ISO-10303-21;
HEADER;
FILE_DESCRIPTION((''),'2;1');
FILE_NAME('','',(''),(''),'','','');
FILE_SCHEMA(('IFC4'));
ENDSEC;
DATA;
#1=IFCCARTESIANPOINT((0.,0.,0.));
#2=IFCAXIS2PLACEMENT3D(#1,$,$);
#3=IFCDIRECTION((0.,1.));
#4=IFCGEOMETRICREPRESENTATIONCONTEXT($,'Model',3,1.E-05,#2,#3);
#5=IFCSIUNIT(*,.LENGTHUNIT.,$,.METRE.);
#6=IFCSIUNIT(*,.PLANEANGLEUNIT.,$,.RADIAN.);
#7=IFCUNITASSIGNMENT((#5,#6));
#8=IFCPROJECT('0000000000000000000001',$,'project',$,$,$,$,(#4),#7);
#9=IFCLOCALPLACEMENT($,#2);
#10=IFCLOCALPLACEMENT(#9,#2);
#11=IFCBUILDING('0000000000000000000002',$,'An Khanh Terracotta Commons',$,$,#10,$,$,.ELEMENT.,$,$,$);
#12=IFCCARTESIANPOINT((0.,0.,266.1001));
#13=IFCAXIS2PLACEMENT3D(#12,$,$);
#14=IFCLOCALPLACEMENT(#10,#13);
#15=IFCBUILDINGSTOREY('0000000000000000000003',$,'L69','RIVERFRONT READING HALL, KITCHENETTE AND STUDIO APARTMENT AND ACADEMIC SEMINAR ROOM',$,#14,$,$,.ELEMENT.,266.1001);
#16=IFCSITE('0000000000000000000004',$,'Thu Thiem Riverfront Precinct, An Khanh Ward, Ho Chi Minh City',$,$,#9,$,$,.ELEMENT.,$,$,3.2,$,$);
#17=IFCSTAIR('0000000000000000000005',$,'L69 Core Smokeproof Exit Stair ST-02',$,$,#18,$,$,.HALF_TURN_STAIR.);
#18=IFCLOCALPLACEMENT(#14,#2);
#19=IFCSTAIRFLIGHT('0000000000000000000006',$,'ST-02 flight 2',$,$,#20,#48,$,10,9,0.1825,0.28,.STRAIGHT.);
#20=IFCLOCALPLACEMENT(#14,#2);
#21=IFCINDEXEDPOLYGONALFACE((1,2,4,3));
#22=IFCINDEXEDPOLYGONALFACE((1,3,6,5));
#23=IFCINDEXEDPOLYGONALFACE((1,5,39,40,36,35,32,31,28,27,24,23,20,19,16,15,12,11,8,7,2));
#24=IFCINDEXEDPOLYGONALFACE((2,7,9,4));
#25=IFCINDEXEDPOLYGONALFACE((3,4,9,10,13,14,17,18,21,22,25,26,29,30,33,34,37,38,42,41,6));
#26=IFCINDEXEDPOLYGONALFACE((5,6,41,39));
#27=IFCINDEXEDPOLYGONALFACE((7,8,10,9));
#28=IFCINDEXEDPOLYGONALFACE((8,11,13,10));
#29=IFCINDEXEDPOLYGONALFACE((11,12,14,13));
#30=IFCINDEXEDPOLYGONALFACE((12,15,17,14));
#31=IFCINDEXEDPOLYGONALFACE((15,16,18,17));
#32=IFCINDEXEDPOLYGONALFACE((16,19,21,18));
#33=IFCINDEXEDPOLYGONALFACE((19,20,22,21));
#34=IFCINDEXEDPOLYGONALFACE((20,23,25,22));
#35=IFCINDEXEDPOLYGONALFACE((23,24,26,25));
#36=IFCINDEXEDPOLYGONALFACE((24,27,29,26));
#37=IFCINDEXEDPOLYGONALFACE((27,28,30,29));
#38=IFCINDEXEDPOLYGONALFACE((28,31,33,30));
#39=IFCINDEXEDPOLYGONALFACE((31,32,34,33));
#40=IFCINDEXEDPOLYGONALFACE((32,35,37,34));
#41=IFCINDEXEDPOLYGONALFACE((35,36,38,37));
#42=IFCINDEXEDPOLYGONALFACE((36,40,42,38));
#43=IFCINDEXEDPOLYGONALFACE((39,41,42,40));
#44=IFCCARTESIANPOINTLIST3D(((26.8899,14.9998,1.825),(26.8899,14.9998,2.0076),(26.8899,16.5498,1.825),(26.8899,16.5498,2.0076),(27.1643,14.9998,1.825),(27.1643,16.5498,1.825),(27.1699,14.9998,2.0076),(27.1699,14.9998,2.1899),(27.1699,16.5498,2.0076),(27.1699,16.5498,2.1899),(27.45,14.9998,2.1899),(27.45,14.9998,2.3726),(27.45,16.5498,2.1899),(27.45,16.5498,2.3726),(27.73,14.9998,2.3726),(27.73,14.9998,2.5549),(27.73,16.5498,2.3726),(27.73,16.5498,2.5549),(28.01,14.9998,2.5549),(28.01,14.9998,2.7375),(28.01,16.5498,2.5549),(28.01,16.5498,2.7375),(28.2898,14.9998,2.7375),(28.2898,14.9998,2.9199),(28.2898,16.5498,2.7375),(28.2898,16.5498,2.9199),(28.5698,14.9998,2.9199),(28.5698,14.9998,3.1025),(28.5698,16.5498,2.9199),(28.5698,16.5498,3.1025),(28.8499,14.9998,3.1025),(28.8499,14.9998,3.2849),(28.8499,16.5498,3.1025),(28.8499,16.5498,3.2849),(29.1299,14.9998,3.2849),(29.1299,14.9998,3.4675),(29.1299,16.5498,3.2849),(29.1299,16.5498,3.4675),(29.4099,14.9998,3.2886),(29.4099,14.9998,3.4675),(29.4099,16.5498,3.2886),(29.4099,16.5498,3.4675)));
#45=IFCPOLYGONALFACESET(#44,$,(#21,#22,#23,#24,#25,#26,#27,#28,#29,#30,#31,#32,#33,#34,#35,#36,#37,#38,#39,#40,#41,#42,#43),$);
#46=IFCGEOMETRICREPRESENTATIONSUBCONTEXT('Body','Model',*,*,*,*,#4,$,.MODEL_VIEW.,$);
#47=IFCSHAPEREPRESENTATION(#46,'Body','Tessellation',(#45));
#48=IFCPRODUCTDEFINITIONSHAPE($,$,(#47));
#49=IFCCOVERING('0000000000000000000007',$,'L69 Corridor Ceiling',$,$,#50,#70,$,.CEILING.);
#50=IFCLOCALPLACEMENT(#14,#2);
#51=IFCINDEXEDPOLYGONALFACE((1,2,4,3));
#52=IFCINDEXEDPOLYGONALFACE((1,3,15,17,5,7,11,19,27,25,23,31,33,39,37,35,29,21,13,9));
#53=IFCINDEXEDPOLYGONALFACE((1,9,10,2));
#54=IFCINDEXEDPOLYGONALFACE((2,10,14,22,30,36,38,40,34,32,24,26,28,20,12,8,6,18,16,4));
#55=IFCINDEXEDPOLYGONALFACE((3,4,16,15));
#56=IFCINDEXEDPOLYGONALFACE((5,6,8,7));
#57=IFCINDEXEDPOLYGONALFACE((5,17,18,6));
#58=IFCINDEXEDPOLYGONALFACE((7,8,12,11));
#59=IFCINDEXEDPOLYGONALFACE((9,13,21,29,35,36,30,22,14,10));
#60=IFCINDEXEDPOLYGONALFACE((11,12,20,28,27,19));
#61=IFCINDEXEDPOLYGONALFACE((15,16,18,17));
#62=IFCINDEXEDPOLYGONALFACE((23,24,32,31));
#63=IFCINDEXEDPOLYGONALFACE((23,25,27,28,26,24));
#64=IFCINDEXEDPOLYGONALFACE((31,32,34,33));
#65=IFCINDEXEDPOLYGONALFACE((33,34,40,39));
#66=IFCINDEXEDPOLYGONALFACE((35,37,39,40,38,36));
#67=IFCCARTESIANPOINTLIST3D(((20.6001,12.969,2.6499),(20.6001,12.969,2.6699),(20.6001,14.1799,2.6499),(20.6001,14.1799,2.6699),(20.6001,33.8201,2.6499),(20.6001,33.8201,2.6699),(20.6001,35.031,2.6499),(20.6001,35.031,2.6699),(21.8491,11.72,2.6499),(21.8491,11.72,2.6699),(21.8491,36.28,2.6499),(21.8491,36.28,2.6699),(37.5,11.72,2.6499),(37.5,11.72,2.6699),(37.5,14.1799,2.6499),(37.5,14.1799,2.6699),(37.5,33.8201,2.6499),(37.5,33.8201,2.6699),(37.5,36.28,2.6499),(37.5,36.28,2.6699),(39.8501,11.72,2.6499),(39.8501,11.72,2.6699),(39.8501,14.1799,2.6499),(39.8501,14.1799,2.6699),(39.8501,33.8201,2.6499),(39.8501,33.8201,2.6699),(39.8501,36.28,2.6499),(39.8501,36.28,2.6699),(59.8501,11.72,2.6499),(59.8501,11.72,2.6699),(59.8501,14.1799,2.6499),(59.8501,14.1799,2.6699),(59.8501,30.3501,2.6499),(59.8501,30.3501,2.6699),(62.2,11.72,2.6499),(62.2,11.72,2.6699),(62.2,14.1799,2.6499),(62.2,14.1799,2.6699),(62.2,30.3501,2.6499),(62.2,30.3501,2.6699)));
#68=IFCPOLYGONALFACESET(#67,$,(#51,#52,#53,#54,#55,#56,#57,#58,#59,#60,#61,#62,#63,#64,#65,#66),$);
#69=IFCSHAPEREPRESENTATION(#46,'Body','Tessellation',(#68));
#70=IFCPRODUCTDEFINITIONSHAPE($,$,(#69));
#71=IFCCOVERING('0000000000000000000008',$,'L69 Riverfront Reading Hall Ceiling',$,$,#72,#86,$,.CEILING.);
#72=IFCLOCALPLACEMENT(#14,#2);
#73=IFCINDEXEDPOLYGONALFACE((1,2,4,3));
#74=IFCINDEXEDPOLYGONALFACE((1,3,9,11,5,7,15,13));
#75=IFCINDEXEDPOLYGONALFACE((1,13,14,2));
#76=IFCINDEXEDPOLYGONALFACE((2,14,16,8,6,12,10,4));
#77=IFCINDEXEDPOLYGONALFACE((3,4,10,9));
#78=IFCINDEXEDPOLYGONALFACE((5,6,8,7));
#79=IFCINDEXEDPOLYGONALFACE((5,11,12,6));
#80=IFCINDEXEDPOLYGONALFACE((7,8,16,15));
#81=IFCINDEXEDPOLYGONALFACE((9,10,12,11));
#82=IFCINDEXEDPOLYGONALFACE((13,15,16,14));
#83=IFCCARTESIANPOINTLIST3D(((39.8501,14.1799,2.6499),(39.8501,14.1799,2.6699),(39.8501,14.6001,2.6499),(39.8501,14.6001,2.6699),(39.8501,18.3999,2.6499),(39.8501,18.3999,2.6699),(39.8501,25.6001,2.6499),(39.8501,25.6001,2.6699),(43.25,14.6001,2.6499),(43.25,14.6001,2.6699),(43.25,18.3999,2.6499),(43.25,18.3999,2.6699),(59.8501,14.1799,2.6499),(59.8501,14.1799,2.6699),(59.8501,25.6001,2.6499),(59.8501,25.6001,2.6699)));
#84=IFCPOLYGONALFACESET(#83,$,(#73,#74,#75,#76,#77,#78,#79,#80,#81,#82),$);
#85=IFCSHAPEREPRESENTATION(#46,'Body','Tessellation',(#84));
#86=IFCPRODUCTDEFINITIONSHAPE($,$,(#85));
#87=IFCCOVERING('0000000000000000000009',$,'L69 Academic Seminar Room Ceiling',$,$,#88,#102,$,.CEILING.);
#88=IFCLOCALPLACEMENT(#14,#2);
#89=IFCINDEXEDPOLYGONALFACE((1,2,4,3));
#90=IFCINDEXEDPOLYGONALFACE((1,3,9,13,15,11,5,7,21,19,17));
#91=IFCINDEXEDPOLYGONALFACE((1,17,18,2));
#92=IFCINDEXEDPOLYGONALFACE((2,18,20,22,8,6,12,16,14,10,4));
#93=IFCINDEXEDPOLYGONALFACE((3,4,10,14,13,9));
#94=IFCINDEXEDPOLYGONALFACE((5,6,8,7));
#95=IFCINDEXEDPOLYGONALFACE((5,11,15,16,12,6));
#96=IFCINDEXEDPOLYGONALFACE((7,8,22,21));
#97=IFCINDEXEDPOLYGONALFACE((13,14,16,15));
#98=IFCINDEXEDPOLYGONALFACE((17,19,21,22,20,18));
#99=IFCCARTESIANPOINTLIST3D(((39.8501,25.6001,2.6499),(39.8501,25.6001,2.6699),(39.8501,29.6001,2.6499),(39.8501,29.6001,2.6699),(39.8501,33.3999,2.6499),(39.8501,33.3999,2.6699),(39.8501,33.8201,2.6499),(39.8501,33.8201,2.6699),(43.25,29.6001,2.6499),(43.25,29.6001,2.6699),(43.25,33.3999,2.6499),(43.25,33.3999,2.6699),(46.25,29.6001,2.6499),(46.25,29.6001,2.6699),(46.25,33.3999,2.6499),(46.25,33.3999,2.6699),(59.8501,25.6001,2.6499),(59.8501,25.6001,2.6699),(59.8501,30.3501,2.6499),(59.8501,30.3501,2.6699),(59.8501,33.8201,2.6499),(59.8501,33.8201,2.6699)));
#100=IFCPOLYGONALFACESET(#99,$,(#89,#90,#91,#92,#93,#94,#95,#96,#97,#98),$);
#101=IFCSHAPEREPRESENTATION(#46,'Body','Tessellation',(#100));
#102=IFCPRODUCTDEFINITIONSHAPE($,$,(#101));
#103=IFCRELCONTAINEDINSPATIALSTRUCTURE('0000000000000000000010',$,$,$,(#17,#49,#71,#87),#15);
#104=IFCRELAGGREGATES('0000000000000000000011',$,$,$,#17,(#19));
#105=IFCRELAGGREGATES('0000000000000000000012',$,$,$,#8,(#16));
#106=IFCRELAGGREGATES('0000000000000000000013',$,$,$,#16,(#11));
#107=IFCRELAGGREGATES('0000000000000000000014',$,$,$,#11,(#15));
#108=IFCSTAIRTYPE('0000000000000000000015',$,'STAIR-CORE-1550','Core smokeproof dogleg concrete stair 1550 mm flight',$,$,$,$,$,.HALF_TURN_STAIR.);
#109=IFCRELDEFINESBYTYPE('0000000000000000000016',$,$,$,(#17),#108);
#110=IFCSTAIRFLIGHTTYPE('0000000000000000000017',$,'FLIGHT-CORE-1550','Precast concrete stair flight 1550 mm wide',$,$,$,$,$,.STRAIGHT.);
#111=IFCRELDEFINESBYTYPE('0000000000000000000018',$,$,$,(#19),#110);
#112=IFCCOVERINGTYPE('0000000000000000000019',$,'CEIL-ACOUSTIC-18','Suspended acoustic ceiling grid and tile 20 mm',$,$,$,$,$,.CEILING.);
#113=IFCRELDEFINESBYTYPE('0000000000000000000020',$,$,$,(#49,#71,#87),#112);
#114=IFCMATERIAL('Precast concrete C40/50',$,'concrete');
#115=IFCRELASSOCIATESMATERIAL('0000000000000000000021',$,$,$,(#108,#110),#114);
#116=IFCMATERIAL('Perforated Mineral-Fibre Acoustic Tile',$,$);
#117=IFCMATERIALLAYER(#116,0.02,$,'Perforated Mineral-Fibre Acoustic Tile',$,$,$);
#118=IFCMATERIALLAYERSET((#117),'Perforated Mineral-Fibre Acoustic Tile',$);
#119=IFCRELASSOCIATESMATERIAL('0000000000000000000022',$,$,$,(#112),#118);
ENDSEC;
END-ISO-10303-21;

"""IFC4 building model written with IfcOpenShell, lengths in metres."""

from ifc_helpers import new_model, si_unit, direction, frame, origin, place, context, subcontext, project, spatial, polyline, outline, extrude, material, layer, layer_set, type_object, element, aggregate, save


model = new_model("IFC4")

# Units and contexts
model_context = context("Model", 3, precision=1e-05, world=origin(), true_north=direction((0.0, 1.0)))
body_context = subcontext(model_context, "Body", "Model", "MODEL_VIEW")
ifc_project = project(units=[si_unit("LENGTHUNIT", "METRE"), si_unit("PLANEANGLEUNIT", "RADIAN")], contexts=[model_context])

# Site, building, storey
site_placement = place(None, origin())
site = spatial("IfcSite", under=ifc_project, at=site_placement, Name="Thu Thiem Riverfront Precinct, An Khanh Ward, Ho Chi Minh City", CompositionType="ELEMENT", RefElevation=3.2)
building_placement = place(site_placement, origin())
building = spatial("IfcBuilding", under=site, at=building_placement, Name="An Khanh Terracotta Commons", CompositionType="ELEMENT")
storey_placement = place(building_placement, frame((0.0, 0.0, 266.1001)))
storey = spatial("IfcBuildingStorey", under=building, at=storey_placement, Name="L69", Description="RIVERFRONT READING HALL, KITCHENETTE AND STUDIO APARTMENT AND ACADEMIC SEMINAR ROOM", CompositionType="ELEMENT", Elevation=266.1001)

# Stair
ifc_material_1 = material(Name="Precast concrete C40/50", Category="concrete")
stair_type = type_object("IfcStairType", Name="STAIR-CORE-1550", Description="Core smokeproof dogleg concrete stair 1550 mm flight", PredefinedType="HALF_TURN_STAIR", material=ifc_material_1)
stair_1_placement = place(storey_placement, origin())
stair_1 = element("IfcStair", 1, at=stair_1_placement, inside=storey, type_object=stair_type, Name="L69 Core Smokeproof Exit Stair ST-02", PredefinedType="HALF_TURN_STAIR")

# Stair flight
stair_flight_type = type_object("IfcStairFlightType", Name="FLIGHT-CORE-1550", Description="Precast concrete stair flight 1550 mm wide", PredefinedType="STRAIGHT", material=ifc_material_1)
stair_flight_1_placement = place(storey_placement, frame((26.8899, 15.7749, 1.825), z_axis=(0.0, 0.0, 1.0), x_axis=(1.0, 0.0, 0.0)))
stair_flight_1 = element("IfcStairFlight", 2, at=stair_flight_1_placement, type_object=stair_flight_type, Name="ST-02 flight 2", NumberOfRisers=10, NumberOfTreads=9, PredefinedType="STRAIGHT", RiserHeight=0.1825, TreadLength=0.28, context=body_context, shape_type="SweptSolid", body=[
    extrude(outline(polyline([(0.0, 0.0), (0.0, 0.1826), (0.28, 0.1826), (0.28, 0.365), (0.5601, 0.365), (0.5601, 0.5476), (0.8401, 0.5476), (0.8401, 0.73), (1.1201, 0.73), (1.1201, 0.9126), (1.3999, 0.9126), (1.3999, 1.095), (1.6799, 1.095), (1.6799, 1.2776), (1.96, 1.2776), (1.96, 1.46), (2.24, 1.46), (2.24, 1.6426), (2.52, 1.6426), (2.52, 1.825), (2.52, 1.4636), (0.2744, 0.0), (0.0, 0.0)])), frame((0.0, 0.7749, 0.0), z_axis=(0.0, -1.0, 0.0), x_axis=(1.0, 0.0, 0.0)), (0.0, 0.0, 1.0), 1.55),
])
aggregate(stair_1, [stair_flight_1])

# Coverings
ifc_material_2 = material(Name="Perforated Mineral-Fibre Acoustic Tile")
ifc_layer_1 = layer(ifc_material_2, 0.02, Name="Perforated Mineral-Fibre Acoustic Tile")
ifc_layer_set_1 = layer_set([ifc_layer_1], Name="Perforated Mineral-Fibre Acoustic Tile")
covering_type = type_object("IfcCoveringType", Name="CEIL-ACOUSTIC-18", Description="Suspended acoustic ceiling grid and tile 20 mm", PredefinedType="CEILING", material=ifc_layer_set_1)
covering_1_placement = place(storey_placement, frame((0.0, 0.0, 2.6499)))
element("IfcCovering", 3, at=covering_1_placement, inside=storey, type_object=covering_type, Name="L69 Corridor Ceiling", PredefinedType="CEILING", context=body_context, shape_type="SweptSolid", body=[
    extrude(outline(polyline([(59.8501, 30.3501), (62.2, 30.3501), (62.2, 14.1799), (62.2, 11.72), (59.8501, 11.72), (39.8501, 11.72), (37.5, 11.72), (21.8491, 11.72), (20.6001, 12.969), (20.6001, 14.1799), (37.5, 14.1799), (37.5, 33.8201), (20.6001, 33.8201), (20.6001, 35.031), (21.8491, 36.28), (37.5, 36.28), (39.8501, 36.28), (39.8501, 33.8201), (39.8501, 14.1799), (59.8501, 14.1799), (59.8501, 30.3501)])), origin(), (0.0, 0.0, 1.0), 0.02),
])
covering_2_placement = place(storey_placement, frame((0.0, 0.0, 2.6499)))
element("IfcCovering", 4, at=covering_2_placement, inside=storey, type_object=covering_type, Name="L69 Riverfront Reading Hall Ceiling", PredefinedType="CEILING", context=body_context, shape_type="SweptSolid", body=[
    extrude(outline(polyline([(59.8501, 14.1799), (39.8501, 14.1799), (39.8501, 14.6001), (43.25, 14.6001), (43.25, 18.3999), (39.8501, 18.3999), (39.8501, 25.6001), (59.8501, 25.6001), (59.8501, 14.1799)])), origin(), (0.0, 0.0, 1.0), 0.02),
])
covering_3_placement = place(storey_placement, frame((0.0, 0.0, 2.6499)))
element("IfcCovering", 5, at=covering_3_placement, inside=storey, type_object=covering_type, Name="L69 Academic Seminar Room Ceiling", PredefinedType="CEILING", context=body_context, shape_type="SweptSolid", body=[
    extrude(outline(polyline([(59.8501, 25.6001), (39.8501, 25.6001), (39.8501, 29.6001), (43.25, 29.6001), (46.25, 29.6001), (46.25, 33.3999), (43.25, 33.3999), (39.8501, 33.3999), (39.8501, 33.8201), (59.8501, 33.8201), (59.8501, 30.3501), (59.8501, 25.6001)])), origin(), (0.0, 0.0, 1.0), 0.02),
])

save(model, "model.ifc")
